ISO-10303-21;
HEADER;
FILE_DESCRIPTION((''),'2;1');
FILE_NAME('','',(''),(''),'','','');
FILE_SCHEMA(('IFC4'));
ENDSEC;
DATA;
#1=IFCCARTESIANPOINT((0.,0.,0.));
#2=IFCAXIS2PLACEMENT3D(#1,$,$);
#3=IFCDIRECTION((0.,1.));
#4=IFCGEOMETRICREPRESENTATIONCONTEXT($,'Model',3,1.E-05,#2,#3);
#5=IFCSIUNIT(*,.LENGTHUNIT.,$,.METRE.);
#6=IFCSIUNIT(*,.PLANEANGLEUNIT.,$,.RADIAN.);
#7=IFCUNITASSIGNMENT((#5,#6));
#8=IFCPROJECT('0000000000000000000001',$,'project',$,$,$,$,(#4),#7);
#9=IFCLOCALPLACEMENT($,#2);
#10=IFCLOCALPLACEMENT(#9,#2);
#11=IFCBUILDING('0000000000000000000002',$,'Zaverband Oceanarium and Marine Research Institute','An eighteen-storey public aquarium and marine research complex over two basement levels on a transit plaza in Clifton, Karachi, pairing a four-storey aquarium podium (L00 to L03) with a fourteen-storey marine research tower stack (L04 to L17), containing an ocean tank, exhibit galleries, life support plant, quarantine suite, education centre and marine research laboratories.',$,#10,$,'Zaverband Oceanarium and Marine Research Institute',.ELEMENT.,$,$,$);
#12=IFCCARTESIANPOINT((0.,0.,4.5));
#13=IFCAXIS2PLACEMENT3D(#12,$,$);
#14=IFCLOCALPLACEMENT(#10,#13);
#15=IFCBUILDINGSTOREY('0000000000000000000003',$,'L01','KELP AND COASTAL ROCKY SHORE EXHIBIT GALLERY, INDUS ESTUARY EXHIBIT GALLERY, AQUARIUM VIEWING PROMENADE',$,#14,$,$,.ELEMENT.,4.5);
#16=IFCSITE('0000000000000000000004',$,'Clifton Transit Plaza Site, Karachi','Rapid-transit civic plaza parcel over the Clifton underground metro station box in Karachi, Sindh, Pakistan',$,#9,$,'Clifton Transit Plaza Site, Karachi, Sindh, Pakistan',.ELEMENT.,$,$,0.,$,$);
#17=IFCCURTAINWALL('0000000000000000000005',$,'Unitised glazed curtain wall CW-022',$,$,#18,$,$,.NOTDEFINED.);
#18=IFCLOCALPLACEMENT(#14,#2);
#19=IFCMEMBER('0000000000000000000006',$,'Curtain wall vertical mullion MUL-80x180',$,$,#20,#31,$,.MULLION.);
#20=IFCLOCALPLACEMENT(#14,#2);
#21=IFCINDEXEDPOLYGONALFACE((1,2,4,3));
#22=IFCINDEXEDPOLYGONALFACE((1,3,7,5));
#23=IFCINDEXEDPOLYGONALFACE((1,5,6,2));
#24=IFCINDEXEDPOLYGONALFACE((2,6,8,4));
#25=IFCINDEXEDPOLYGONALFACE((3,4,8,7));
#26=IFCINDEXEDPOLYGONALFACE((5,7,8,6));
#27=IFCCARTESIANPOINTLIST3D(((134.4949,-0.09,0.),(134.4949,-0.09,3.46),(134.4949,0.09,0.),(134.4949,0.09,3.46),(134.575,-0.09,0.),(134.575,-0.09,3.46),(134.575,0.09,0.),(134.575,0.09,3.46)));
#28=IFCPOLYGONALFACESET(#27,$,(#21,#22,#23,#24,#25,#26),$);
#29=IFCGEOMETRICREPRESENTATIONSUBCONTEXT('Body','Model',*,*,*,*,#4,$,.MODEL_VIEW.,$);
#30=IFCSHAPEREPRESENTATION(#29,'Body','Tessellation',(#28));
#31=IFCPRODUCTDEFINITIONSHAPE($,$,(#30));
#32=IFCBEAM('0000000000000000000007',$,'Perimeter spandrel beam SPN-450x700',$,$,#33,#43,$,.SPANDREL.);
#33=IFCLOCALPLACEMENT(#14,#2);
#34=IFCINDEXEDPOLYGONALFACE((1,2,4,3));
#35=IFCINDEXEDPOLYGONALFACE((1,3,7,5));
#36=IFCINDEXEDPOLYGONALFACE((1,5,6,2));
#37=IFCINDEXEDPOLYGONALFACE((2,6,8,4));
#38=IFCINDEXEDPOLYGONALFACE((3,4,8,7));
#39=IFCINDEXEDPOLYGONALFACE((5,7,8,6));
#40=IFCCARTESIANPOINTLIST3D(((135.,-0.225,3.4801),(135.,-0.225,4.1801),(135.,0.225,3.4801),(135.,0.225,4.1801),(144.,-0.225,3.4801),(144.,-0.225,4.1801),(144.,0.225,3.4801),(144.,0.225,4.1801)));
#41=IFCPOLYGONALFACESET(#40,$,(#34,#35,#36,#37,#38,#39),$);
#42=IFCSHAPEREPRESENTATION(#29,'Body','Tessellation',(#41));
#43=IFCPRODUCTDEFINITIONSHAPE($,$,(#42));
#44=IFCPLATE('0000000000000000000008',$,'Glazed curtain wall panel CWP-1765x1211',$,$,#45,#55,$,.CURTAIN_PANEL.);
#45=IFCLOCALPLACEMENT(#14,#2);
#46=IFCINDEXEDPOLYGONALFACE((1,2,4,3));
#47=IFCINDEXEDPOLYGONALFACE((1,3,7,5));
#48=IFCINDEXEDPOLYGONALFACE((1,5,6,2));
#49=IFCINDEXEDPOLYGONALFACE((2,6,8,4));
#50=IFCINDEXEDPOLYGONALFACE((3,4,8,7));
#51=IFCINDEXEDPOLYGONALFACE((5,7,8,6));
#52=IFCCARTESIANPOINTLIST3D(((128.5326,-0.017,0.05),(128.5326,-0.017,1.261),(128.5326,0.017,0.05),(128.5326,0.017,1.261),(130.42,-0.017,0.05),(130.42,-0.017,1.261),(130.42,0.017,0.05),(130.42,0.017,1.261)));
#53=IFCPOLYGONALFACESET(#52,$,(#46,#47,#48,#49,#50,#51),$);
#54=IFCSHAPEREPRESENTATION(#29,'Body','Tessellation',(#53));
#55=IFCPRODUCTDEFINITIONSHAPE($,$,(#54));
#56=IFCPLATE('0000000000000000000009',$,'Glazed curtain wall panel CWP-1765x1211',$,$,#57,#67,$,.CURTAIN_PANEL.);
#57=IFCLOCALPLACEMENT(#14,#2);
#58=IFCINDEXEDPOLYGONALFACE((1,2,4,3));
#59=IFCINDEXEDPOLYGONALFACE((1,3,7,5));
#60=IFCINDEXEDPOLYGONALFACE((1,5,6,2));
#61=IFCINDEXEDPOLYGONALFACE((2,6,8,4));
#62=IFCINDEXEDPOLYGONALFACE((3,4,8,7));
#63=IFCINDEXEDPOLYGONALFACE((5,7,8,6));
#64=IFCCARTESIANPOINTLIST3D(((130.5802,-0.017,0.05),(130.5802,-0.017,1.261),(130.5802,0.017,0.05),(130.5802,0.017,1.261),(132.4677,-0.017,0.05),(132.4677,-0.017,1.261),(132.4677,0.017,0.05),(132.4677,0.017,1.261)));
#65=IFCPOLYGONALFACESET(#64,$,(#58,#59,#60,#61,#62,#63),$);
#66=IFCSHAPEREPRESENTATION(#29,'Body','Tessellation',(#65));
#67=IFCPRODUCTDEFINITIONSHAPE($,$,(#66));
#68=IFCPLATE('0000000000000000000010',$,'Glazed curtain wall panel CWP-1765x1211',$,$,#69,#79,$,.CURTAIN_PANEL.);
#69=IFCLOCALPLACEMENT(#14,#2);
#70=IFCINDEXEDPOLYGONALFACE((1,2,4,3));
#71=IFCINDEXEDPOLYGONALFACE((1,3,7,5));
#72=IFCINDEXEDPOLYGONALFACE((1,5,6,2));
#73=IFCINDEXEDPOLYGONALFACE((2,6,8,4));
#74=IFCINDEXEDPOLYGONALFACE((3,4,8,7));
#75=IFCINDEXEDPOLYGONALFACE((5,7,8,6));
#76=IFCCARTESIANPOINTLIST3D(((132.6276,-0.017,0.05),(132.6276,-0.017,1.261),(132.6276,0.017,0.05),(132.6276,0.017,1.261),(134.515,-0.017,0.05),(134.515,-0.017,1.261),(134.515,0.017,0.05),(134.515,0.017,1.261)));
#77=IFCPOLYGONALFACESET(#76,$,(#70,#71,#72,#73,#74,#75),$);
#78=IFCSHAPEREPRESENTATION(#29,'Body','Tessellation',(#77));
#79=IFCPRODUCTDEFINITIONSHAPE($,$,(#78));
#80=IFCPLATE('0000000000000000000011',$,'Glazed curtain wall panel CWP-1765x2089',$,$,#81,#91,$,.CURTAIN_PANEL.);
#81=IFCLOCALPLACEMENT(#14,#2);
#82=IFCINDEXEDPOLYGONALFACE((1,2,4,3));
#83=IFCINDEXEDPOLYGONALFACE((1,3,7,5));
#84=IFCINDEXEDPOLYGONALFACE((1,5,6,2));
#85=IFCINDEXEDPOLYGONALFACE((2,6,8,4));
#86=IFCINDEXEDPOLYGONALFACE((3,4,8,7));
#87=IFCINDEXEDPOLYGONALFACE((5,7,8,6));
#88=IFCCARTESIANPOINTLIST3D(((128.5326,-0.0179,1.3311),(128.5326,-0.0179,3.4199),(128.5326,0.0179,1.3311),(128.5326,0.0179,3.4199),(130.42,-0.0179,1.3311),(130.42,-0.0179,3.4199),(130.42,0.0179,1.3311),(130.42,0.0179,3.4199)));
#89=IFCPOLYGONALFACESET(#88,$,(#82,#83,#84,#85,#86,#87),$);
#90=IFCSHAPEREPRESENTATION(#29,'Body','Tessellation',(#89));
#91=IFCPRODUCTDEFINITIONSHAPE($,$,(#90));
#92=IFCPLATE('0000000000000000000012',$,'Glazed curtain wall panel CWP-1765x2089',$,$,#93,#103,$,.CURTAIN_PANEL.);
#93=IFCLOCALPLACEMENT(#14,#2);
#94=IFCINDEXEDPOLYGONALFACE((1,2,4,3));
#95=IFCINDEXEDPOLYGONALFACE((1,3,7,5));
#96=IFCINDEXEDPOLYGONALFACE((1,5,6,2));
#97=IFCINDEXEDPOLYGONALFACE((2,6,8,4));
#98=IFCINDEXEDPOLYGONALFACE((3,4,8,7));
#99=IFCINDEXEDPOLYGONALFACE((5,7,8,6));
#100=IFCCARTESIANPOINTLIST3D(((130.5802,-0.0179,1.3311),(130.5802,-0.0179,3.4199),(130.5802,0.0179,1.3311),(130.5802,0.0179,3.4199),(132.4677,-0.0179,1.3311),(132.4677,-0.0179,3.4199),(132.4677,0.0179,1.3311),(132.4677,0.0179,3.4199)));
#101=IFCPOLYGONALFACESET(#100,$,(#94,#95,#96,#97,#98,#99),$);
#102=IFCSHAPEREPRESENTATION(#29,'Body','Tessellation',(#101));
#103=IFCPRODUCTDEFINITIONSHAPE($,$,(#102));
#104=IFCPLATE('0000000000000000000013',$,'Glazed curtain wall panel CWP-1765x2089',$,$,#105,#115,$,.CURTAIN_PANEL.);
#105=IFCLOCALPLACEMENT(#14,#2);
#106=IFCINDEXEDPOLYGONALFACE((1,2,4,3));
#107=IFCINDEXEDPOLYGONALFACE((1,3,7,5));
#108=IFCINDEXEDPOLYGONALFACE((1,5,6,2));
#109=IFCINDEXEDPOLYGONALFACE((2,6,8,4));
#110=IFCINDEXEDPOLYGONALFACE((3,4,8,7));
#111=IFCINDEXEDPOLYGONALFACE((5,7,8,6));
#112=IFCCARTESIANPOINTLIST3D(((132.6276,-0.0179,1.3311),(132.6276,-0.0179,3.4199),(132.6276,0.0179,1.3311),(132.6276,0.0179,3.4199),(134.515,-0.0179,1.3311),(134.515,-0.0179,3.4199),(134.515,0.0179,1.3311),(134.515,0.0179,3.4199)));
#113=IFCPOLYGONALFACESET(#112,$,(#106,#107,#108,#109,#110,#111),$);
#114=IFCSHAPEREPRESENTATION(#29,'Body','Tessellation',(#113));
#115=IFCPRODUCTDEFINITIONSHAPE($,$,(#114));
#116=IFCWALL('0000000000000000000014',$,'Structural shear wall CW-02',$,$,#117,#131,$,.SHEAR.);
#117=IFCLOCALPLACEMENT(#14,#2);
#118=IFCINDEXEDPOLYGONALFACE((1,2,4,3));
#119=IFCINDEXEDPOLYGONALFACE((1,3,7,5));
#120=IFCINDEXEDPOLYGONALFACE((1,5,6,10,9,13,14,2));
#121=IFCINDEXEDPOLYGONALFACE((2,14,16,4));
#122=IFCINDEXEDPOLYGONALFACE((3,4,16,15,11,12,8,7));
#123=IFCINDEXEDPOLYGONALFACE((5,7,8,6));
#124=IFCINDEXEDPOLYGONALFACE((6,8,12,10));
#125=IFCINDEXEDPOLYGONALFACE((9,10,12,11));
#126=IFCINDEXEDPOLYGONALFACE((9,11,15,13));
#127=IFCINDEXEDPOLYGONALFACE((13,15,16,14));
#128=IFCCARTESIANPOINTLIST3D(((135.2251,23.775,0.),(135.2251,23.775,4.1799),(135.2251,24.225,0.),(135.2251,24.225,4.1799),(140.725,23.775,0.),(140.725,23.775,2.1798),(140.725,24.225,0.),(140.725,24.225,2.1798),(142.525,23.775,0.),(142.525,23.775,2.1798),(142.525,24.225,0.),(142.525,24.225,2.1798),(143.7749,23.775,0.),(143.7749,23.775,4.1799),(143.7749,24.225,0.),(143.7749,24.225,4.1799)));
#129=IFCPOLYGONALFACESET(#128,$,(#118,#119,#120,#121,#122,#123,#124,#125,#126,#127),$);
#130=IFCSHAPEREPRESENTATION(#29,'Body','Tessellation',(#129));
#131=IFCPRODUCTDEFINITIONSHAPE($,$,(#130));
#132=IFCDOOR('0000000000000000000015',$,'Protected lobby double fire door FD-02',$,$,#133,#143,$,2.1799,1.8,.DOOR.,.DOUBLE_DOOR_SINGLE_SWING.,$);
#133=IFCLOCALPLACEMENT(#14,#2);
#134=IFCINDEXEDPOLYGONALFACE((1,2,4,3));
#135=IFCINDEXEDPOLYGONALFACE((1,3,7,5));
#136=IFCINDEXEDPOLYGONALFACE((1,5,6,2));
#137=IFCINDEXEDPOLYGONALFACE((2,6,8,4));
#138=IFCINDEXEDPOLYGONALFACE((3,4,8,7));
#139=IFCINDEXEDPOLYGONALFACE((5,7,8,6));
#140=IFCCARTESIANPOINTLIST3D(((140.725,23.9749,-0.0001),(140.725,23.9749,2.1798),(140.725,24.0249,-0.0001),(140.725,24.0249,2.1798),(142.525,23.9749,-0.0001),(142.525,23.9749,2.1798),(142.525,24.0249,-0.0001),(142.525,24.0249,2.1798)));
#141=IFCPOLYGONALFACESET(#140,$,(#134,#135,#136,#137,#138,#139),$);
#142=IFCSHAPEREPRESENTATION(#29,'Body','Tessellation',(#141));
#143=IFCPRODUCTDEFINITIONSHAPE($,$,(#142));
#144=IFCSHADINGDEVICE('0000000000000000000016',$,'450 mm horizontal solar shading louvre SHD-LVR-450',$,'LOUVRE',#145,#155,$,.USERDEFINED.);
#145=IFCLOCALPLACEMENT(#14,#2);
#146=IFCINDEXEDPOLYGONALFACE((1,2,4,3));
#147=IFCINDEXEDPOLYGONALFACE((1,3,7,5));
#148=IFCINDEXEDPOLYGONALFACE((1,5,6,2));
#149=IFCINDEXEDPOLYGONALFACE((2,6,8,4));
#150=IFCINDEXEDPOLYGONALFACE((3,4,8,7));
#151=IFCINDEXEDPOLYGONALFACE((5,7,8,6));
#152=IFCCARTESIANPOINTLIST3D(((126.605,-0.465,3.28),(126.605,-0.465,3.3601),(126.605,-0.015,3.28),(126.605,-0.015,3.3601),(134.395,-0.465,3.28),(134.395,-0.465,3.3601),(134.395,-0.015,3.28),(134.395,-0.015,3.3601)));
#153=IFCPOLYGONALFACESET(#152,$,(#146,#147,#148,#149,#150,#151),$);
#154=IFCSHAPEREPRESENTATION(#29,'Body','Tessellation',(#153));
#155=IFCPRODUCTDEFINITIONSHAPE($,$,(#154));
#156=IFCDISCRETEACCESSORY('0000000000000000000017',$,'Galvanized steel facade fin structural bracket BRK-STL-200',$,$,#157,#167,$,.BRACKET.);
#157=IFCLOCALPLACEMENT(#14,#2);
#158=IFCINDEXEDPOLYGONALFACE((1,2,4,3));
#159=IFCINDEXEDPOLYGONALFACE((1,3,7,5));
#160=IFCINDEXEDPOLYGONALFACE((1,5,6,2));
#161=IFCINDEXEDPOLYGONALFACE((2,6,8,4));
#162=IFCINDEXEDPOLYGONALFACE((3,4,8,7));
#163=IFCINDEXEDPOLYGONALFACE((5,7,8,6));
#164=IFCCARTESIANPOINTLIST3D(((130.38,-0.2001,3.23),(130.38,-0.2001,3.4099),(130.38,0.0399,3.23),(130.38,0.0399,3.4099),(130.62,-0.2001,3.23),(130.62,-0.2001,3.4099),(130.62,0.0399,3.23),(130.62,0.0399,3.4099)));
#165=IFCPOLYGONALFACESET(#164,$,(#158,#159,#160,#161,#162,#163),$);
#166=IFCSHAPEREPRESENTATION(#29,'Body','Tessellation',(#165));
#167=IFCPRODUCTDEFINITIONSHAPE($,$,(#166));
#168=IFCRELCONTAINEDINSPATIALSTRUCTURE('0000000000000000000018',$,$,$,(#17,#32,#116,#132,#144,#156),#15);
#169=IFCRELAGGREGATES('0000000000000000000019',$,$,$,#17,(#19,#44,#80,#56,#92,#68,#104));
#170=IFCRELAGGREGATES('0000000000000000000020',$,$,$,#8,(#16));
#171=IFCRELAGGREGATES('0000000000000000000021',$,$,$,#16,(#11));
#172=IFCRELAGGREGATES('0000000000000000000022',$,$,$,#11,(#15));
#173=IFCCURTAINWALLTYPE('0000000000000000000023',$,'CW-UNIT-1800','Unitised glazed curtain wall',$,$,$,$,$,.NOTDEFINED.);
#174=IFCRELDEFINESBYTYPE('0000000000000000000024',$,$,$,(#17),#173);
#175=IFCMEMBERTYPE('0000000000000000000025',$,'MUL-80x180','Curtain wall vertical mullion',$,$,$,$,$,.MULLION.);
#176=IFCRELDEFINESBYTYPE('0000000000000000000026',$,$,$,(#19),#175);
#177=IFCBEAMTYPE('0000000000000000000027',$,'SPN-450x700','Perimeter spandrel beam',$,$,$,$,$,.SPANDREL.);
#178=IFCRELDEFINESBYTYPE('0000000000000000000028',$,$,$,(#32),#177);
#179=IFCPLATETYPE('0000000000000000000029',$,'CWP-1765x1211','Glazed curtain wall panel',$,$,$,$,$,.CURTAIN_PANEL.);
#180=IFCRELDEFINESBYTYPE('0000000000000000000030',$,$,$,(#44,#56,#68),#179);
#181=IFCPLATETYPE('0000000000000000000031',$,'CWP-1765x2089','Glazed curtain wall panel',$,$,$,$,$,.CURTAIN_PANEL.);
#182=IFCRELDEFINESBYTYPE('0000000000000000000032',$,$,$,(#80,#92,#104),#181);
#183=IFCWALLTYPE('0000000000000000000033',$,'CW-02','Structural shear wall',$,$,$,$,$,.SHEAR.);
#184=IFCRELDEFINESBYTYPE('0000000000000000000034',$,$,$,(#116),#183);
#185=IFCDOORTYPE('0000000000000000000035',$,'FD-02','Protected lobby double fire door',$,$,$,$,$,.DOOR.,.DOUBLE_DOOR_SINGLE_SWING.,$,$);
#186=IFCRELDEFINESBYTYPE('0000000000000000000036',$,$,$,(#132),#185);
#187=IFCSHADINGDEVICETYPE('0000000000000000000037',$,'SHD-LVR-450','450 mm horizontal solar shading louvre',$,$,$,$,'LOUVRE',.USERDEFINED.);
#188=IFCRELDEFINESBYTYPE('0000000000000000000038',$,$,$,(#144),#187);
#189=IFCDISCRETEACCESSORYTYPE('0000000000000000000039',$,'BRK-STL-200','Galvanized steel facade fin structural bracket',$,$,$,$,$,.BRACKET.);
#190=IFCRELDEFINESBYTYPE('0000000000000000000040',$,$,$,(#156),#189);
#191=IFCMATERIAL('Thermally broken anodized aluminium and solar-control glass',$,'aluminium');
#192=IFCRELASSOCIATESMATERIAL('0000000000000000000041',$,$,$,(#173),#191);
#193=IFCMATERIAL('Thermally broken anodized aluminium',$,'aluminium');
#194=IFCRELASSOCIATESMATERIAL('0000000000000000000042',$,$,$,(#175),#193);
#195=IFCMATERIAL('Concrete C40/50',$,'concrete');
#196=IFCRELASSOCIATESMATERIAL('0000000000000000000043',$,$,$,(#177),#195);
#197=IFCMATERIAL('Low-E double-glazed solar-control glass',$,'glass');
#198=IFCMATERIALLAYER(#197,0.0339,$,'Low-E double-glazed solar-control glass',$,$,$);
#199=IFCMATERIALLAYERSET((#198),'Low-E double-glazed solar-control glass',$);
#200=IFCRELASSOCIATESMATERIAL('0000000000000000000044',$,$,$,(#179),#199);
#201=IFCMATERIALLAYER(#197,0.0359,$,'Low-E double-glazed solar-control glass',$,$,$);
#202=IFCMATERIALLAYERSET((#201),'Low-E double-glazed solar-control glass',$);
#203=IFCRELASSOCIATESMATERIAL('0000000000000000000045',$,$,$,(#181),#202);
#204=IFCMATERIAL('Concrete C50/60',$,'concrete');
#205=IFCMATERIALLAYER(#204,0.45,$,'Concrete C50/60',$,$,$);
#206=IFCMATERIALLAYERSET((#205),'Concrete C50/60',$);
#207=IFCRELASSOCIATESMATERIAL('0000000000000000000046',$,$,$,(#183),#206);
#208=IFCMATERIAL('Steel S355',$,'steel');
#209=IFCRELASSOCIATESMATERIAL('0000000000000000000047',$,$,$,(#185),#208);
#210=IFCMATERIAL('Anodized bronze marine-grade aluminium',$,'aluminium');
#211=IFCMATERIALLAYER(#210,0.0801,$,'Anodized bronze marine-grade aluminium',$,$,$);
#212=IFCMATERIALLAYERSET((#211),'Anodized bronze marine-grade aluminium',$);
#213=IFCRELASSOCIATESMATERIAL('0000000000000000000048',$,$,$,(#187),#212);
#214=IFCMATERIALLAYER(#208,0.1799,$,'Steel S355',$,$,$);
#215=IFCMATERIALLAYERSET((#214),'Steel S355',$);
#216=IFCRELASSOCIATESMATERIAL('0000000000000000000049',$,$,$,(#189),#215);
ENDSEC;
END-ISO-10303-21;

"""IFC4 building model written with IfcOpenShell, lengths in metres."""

from ifc_helpers import new_model, si_unit, direction, frame, frame_2d, origin, origin_2d, place, context, subcontext, project, spatial, rectangle, extrude, material, layer, layer_set, material_profile, profile_set, type_object, element, fill, aggregate, save


model = new_model("IFC4")

# Units and contexts
model_context = context("Model", 3, precision=1e-05, world=origin(), true_north=direction((0.0, 1.0)))
body_context = subcontext(model_context, "Body", "Model", "MODEL_VIEW")
ifc_project = project(units=[si_unit("LENGTHUNIT", "METRE"), si_unit("PLANEANGLEUNIT", "RADIAN")], contexts=[model_context])

# Site, building, storey
site_placement = place(None, origin())
site = spatial("IfcSite", under=ifc_project, at=site_placement, Name="Clifton Transit Plaza Site, Karachi", Description="Rapid-transit civic plaza parcel over the Clifton underground metro station box in Karachi, Sindh, Pakistan", LongName="Clifton Transit Plaza Site, Karachi, Sindh, Pakistan", CompositionType="ELEMENT", RefElevation=0.0)
building_placement = place(site_placement, origin())
building = spatial("IfcBuilding", under=site, at=building_placement, Name="Zaverband Oceanarium and Marine Research Institute", Description="An eighteen-storey public aquarium and marine research complex over two basement levels on a transit plaza in Clifton, Karachi, pairing a four-storey aquarium podium (L00 to L03) with a fourteen-storey marine research tower stack (L04 to L17), containing an ocean tank, exhibit galleries, life support plant, quarantine suite, education centre and marine research laboratories.", LongName="Zaverband Oceanarium and Marine Research Institute", CompositionType="ELEMENT")
storey_placement = place(building_placement, frame((0.0, 0.0, 4.5)))
storey = spatial("IfcBuildingStorey", under=building, at=storey_placement, Name="L01", Description="KELP AND COASTAL ROCKY SHORE EXHIBIT GALLERY, INDUS ESTUARY EXHIBIT GALLERY, AQUARIUM VIEWING PROMENADE", CompositionType="ELEMENT", Elevation=4.5)

# Shared definitions
ifc_material_1 = material(Name="Concrete C50/60", Category="concrete")

# Shared definitions
ifc_material_2 = material(Name="Concrete C40/50", Category="concrete")

# Curtain wall, member
ifc_material_3 = material(Name="Thermally broken anodized aluminium and solar-control glass", Category="aluminium")
curtain_wall_type = type_object("IfcCurtainWallType", Name="CW-UNIT-1800", Description="Unitised glazed curtain wall", PredefinedType="NOTDEFINED", material=ifc_material_3)
curtain_wall_placement = place(storey_placement, origin())
curtain_wall = element("IfcCurtainWall", 1, at=curtain_wall_placement, inside=storey, type_object=curtain_wall_type, Name="Unitised glazed curtain wall CW-022", PredefinedType="NOTDEFINED")
ifc_material_4 = material(Name="Thermally broken anodized aluminium", Category="aluminium")
ifc_material_profile_1 = material_profile(ifc_material_4, rectangle(XDim=0.0801, YDim=0.1799, at=origin_2d()), Name="AL-MUL-80x180")
ifc_profile_set_1 = profile_set([ifc_material_profile_1], Name="Thermally broken anodized aluminium")
member_type = type_object("IfcMemberType", Name="MUL-80x180", Description="Curtain wall vertical mullion", PredefinedType="MULLION", material=ifc_profile_set_1)
member_1_placement = place(storey_placement, frame((134.5349, 0.0, 0.0), z_axis=(0.0, 0.0, 1.0), x_axis=(1.0, 0.0, 0.0)))
member_1 = element("IfcMember", 2, at=member_1_placement, type_object=member_type, Name="Curtain wall vertical mullion MUL-80x180", PredefinedType="MULLION", context=body_context, shape_type="SweptSolid", body=[
    extrude(rectangle(XDim=0.0801, YDim=0.1799, at=origin_2d()), origin(), (0.0, 0.0, 1.0), 3.46),
])

# Beam
ifc_material_profile_2 = material_profile(ifc_material_2, rectangle(XDim=0.45, YDim=0.7, at=origin_2d()), Name="RC450x700")
ifc_profile_set_2 = profile_set([ifc_material_profile_2], Name="Concrete C40/50")
beam_type_1 = type_object("IfcBeamType", Name="SPN-450x700", Description="Perimeter spandrel beam", PredefinedType="SPANDREL", material=ifc_profile_set_2)
beam_placement = place(storey_placement, frame((135.0, 0.0, 3.8301), z_axis=(1.0, 0.0, 0.0), x_axis=(0.0, 1.0, 0.0)))
element("IfcBeam", 3, at=beam_placement, inside=storey, type_object=beam_type_1, Name="Perimeter spandrel beam SPN-450x700", PredefinedType="SPANDREL", context=body_context, shape_type="SweptSolid", body=[
    extrude(rectangle(XDim=0.45, YDim=0.7, at=origin_2d()), origin(), (0.0, 0.0, 1.0), 9.0),
])

# Plates
ifc_material_5 = material(Name="Low-E double-glazed solar-control glass", Category="glass")
ifc_layer_1 = layer(ifc_material_5, 0.0339, Name="Low-E double-glazed solar-control glass")
ifc_layer_set_1 = layer_set([ifc_layer_1], Name="Low-E double-glazed solar-control glass")
plate_type_1 = type_object("IfcPlateType", Name="CWP-1765x1211", Description="Glazed curtain wall panel", PredefinedType="CURTAIN_PANEL", material=ifc_layer_set_1)
plate_1_placement = place(storey_placement, frame((128.5325, 0.0, 0.05), z_axis=(0.0, 0.0, 1.0), x_axis=(1.0, 0.0, 0.0)))
plate_1 = element("IfcPlate", 4, at=plate_1_placement, type_object=plate_type_1, Name="Glazed curtain wall panel CWP-1765x1211", PredefinedType="CURTAIN_PANEL", context=body_context, shape_type="SweptSolid", body=[
    extrude(rectangle(XDim=1.8875, YDim=0.0339, at=frame_2d((0.9438, 0.0))), origin(), (0.0, 0.0, 1.0), 1.2109),
])
plate_2_placement = place(storey_placement, frame((130.5801, 0.0, 0.05), z_axis=(0.0, 0.0, 1.0), x_axis=(1.0, 0.0, 0.0)))
plate_2 = element("IfcPlate", 5, at=plate_2_placement, type_object=plate_type_1, Name="Glazed curtain wall panel CWP-1765x1211", PredefinedType="CURTAIN_PANEL", context=body_context, shape_type="SweptSolid", body=[
    extrude(rectangle(XDim=1.8875, YDim=0.0339, at=frame_2d((0.9438, 0.0))), origin(), (0.0, 0.0, 1.0), 1.2109),
])
plate_3_placement = place(storey_placement, frame((132.6274, 0.0, 0.05), z_axis=(0.0, 0.0, 1.0), x_axis=(1.0, 0.0, 0.0)))
plate_3 = element("IfcPlate", 6, at=plate_3_placement, type_object=plate_type_1, Name="Glazed curtain wall panel CWP-1765x1211", PredefinedType="CURTAIN_PANEL", context=body_context, shape_type="SweptSolid", body=[
    extrude(rectangle(XDim=1.8875, YDim=0.0339, at=frame_2d((0.9438, 0.0))), origin(), (0.0, 0.0, 1.0), 1.2109),
])
ifc_layer_2 = layer(ifc_material_5, 0.0359, Name="Low-E double-glazed solar-control glass")
ifc_layer_set_2 = layer_set([ifc_layer_2], Name="Low-E double-glazed solar-control glass")
plate_type_2 = type_object("IfcPlateType", Name="CWP-1765x2089", Description="Glazed curtain wall panel", PredefinedType="CURTAIN_PANEL", material=ifc_layer_set_2)
plate_4_placement = place(storey_placement, frame((128.5325, 0.0, 1.3311), z_axis=(0.0, 0.0, 1.0), x_axis=(1.0, 0.0, 0.0)))
plate_4 = element("IfcPlate", 7, at=plate_4_placement, type_object=plate_type_2, Name="Glazed curtain wall panel CWP-1765x2089", PredefinedType="CURTAIN_PANEL", context=body_context, shape_type="SweptSolid", body=[
    extrude(rectangle(XDim=1.8875, YDim=0.0359, at=frame_2d((0.9438, 0.0))), origin(), (0.0, 0.0, 1.0), 2.0889),
])
plate_5_placement = place(storey_placement, frame((130.5801, 0.0, 1.3311), z_axis=(0.0, 0.0, 1.0), x_axis=(1.0, 0.0, 0.0)))
plate_5 = element("IfcPlate", 8, at=plate_5_placement, type_object=plate_type_2, Name="Glazed curtain wall panel CWP-1765x2089", PredefinedType="CURTAIN_PANEL", context=body_context, shape_type="SweptSolid", body=[
    extrude(rectangle(XDim=1.8875, YDim=0.0359, at=frame_2d((0.9438, 0.0))), origin(), (0.0, 0.0, 1.0), 2.0889),
])
plate_6_placement = place(storey_placement, frame((132.6274, 0.0, 1.3311), z_axis=(0.0, 0.0, 1.0), x_axis=(1.0, 0.0, 0.0)))
plate_6 = element("IfcPlate", 9, at=plate_6_placement, type_object=plate_type_2, Name="Glazed curtain wall panel CWP-1765x2089", PredefinedType="CURTAIN_PANEL", context=body_context, shape_type="SweptSolid", body=[
    extrude(rectangle(XDim=1.8875, YDim=0.0359, at=frame_2d((0.9438, 0.0))), origin(), (0.0, 0.0, 1.0), 2.0889),
])
aggregate(curtain_wall, [member_1, plate_1, plate_4, plate_2, plate_5, plate_3, plate_6])

# Wall, opening, door
ifc_layer_3 = layer(ifc_material_1, 0.45, Name="Concrete C50/60")
ifc_layer_set_3 = layer_set([ifc_layer_3], Name="Concrete C50/60")
wall_type = type_object("IfcWallType", Name="CW-02", Description="Structural shear wall", PredefinedType="SHEAR", material=ifc_layer_set_3)
wall_placement = place(storey_placement, frame((135.2251, 24.0, 0.0), z_axis=(0.0, 0.0, 1.0), x_axis=(1.0, 0.0, 0.0)))
wall = element("IfcWall", 10, at=wall_placement, inside=storey, type_object=wall_type, Name="Structural shear wall CW-02", PredefinedType="SHEAR", context=body_context, shape_type="SweptSolid", body=[
    extrude(rectangle(XDim=8.5498, YDim=0.45, at=frame_2d((4.2749, 0.0))), origin(), (0.0, 0.0, 1.0), 4.1799),
])
opening_placement = place(wall_placement, frame((5.5, 0.0, 0.0)))
opening = element("IfcOpeningElement", 11, at=opening_placement, cuts=wall, PredefinedType="OPENING", context=body_context, shape_type="SweptSolid", body=[
    extrude(rectangle(XDim=1.8, YDim=2.1799, at=frame_2d((0.8999, 1.0898))), frame((0.0, 0.2368, 0.0), z_axis=(0.0, -1.0, 0.0), x_axis=(1.0, 0.0, 0.0)), (0.0, 0.0, 1.0), 0.4739),
])
ifc_material_6 = material(Name="Steel S355", Category="steel")
door_type = type_object("IfcDoorType", Name="FD-02", Description="Protected lobby double fire door", OperationType="DOUBLE_DOOR_SINGLE_SWING", PredefinedType="DOOR", material=ifc_material_6)
door_placement = place(opening_placement, origin())
door = element("IfcDoor", 12, at=door_placement, inside=storey, type_object=door_type, Name="Protected lobby double fire door FD-02", OperationType="DOUBLE_DOOR_SINGLE_SWING", OverallHeight=2.1799, OverallWidth=1.8, PredefinedType="DOOR", context=body_context, shape_type="SweptSolid", body=[
    extrude(rectangle(XDim=1.8, YDim=2.1799, at=frame_2d((0.8999, 1.0898))), frame((0.0, 0.0249, 0.0), z_axis=(0.0, -1.0, 0.0), x_axis=(1.0, 0.0, 0.0)), (0.0, 0.0, 1.0), 0.05),
])
fill(opening, door)

# Shading device
ifc_material_7 = material(Name="Anodized bronze marine-grade aluminium", Category="aluminium")
ifc_layer_4 = layer(ifc_material_7, 0.0801, Name="Anodized bronze marine-grade aluminium")
ifc_layer_set_4 = layer_set([ifc_layer_4], Name="Anodized bronze marine-grade aluminium")
shading_device_type = type_object("IfcShadingDeviceType", Name="SHD-LVR-450", Description="450 mm horizontal solar shading louvre", ElementType="LOUVRE", PredefinedType="USERDEFINED", material=ifc_layer_set_4)
shading_device_placement = place(storey_placement, frame((126.605, -0.24, 3.28), z_axis=(0.0, 0.0, 1.0), x_axis=(1.0, 0.0, 0.0)))
element("IfcShadingDevice", 13, at=shading_device_placement, inside=storey, type_object=shading_device_type, Name="450 mm horizontal solar shading louvre SHD-LVR-450", ObjectType="LOUVRE", PredefinedType="USERDEFINED", context=body_context, shape_type="SweptSolid", body=[
    extrude(rectangle(XDim=7.79, YDim=0.45, at=frame_2d((3.895, 0.0))), origin(), (0.0, 0.0, 1.0), 0.0801),
])

# Discrete accessory
ifc_layer_5 = layer(ifc_material_6, 0.1799, Name="Steel S355")
ifc_layer_set_5 = layer_set([ifc_layer_5], Name="Steel S355")
discrete_accessory_type = type_object("IfcDiscreteAccessoryType", Name="BRK-STL-200", Description="Galvanized steel facade fin structural bracket", PredefinedType="BRACKET", material=ifc_layer_set_5)
discrete_accessory_placement = place(storey_placement, frame((130.5, -0.0801, 3.23), z_axis=(0.0, 0.0, 1.0), x_axis=(1.0, 0.0, 0.0)))
element("IfcDiscreteAccessory", 14, at=discrete_accessory_placement, inside=storey, type_object=discrete_accessory_type, Name="Galvanized steel facade fin structural bracket BRK-STL-200", PredefinedType="BRACKET", context=body_context, shape_type="SweptSolid", body=[
    extrude(rectangle(XDim=0.24, YDim=0.24, at=origin_2d()), origin(), (0.0, 0.0, 1.0), 0.1799),
])

save(model, "model.ifc")
